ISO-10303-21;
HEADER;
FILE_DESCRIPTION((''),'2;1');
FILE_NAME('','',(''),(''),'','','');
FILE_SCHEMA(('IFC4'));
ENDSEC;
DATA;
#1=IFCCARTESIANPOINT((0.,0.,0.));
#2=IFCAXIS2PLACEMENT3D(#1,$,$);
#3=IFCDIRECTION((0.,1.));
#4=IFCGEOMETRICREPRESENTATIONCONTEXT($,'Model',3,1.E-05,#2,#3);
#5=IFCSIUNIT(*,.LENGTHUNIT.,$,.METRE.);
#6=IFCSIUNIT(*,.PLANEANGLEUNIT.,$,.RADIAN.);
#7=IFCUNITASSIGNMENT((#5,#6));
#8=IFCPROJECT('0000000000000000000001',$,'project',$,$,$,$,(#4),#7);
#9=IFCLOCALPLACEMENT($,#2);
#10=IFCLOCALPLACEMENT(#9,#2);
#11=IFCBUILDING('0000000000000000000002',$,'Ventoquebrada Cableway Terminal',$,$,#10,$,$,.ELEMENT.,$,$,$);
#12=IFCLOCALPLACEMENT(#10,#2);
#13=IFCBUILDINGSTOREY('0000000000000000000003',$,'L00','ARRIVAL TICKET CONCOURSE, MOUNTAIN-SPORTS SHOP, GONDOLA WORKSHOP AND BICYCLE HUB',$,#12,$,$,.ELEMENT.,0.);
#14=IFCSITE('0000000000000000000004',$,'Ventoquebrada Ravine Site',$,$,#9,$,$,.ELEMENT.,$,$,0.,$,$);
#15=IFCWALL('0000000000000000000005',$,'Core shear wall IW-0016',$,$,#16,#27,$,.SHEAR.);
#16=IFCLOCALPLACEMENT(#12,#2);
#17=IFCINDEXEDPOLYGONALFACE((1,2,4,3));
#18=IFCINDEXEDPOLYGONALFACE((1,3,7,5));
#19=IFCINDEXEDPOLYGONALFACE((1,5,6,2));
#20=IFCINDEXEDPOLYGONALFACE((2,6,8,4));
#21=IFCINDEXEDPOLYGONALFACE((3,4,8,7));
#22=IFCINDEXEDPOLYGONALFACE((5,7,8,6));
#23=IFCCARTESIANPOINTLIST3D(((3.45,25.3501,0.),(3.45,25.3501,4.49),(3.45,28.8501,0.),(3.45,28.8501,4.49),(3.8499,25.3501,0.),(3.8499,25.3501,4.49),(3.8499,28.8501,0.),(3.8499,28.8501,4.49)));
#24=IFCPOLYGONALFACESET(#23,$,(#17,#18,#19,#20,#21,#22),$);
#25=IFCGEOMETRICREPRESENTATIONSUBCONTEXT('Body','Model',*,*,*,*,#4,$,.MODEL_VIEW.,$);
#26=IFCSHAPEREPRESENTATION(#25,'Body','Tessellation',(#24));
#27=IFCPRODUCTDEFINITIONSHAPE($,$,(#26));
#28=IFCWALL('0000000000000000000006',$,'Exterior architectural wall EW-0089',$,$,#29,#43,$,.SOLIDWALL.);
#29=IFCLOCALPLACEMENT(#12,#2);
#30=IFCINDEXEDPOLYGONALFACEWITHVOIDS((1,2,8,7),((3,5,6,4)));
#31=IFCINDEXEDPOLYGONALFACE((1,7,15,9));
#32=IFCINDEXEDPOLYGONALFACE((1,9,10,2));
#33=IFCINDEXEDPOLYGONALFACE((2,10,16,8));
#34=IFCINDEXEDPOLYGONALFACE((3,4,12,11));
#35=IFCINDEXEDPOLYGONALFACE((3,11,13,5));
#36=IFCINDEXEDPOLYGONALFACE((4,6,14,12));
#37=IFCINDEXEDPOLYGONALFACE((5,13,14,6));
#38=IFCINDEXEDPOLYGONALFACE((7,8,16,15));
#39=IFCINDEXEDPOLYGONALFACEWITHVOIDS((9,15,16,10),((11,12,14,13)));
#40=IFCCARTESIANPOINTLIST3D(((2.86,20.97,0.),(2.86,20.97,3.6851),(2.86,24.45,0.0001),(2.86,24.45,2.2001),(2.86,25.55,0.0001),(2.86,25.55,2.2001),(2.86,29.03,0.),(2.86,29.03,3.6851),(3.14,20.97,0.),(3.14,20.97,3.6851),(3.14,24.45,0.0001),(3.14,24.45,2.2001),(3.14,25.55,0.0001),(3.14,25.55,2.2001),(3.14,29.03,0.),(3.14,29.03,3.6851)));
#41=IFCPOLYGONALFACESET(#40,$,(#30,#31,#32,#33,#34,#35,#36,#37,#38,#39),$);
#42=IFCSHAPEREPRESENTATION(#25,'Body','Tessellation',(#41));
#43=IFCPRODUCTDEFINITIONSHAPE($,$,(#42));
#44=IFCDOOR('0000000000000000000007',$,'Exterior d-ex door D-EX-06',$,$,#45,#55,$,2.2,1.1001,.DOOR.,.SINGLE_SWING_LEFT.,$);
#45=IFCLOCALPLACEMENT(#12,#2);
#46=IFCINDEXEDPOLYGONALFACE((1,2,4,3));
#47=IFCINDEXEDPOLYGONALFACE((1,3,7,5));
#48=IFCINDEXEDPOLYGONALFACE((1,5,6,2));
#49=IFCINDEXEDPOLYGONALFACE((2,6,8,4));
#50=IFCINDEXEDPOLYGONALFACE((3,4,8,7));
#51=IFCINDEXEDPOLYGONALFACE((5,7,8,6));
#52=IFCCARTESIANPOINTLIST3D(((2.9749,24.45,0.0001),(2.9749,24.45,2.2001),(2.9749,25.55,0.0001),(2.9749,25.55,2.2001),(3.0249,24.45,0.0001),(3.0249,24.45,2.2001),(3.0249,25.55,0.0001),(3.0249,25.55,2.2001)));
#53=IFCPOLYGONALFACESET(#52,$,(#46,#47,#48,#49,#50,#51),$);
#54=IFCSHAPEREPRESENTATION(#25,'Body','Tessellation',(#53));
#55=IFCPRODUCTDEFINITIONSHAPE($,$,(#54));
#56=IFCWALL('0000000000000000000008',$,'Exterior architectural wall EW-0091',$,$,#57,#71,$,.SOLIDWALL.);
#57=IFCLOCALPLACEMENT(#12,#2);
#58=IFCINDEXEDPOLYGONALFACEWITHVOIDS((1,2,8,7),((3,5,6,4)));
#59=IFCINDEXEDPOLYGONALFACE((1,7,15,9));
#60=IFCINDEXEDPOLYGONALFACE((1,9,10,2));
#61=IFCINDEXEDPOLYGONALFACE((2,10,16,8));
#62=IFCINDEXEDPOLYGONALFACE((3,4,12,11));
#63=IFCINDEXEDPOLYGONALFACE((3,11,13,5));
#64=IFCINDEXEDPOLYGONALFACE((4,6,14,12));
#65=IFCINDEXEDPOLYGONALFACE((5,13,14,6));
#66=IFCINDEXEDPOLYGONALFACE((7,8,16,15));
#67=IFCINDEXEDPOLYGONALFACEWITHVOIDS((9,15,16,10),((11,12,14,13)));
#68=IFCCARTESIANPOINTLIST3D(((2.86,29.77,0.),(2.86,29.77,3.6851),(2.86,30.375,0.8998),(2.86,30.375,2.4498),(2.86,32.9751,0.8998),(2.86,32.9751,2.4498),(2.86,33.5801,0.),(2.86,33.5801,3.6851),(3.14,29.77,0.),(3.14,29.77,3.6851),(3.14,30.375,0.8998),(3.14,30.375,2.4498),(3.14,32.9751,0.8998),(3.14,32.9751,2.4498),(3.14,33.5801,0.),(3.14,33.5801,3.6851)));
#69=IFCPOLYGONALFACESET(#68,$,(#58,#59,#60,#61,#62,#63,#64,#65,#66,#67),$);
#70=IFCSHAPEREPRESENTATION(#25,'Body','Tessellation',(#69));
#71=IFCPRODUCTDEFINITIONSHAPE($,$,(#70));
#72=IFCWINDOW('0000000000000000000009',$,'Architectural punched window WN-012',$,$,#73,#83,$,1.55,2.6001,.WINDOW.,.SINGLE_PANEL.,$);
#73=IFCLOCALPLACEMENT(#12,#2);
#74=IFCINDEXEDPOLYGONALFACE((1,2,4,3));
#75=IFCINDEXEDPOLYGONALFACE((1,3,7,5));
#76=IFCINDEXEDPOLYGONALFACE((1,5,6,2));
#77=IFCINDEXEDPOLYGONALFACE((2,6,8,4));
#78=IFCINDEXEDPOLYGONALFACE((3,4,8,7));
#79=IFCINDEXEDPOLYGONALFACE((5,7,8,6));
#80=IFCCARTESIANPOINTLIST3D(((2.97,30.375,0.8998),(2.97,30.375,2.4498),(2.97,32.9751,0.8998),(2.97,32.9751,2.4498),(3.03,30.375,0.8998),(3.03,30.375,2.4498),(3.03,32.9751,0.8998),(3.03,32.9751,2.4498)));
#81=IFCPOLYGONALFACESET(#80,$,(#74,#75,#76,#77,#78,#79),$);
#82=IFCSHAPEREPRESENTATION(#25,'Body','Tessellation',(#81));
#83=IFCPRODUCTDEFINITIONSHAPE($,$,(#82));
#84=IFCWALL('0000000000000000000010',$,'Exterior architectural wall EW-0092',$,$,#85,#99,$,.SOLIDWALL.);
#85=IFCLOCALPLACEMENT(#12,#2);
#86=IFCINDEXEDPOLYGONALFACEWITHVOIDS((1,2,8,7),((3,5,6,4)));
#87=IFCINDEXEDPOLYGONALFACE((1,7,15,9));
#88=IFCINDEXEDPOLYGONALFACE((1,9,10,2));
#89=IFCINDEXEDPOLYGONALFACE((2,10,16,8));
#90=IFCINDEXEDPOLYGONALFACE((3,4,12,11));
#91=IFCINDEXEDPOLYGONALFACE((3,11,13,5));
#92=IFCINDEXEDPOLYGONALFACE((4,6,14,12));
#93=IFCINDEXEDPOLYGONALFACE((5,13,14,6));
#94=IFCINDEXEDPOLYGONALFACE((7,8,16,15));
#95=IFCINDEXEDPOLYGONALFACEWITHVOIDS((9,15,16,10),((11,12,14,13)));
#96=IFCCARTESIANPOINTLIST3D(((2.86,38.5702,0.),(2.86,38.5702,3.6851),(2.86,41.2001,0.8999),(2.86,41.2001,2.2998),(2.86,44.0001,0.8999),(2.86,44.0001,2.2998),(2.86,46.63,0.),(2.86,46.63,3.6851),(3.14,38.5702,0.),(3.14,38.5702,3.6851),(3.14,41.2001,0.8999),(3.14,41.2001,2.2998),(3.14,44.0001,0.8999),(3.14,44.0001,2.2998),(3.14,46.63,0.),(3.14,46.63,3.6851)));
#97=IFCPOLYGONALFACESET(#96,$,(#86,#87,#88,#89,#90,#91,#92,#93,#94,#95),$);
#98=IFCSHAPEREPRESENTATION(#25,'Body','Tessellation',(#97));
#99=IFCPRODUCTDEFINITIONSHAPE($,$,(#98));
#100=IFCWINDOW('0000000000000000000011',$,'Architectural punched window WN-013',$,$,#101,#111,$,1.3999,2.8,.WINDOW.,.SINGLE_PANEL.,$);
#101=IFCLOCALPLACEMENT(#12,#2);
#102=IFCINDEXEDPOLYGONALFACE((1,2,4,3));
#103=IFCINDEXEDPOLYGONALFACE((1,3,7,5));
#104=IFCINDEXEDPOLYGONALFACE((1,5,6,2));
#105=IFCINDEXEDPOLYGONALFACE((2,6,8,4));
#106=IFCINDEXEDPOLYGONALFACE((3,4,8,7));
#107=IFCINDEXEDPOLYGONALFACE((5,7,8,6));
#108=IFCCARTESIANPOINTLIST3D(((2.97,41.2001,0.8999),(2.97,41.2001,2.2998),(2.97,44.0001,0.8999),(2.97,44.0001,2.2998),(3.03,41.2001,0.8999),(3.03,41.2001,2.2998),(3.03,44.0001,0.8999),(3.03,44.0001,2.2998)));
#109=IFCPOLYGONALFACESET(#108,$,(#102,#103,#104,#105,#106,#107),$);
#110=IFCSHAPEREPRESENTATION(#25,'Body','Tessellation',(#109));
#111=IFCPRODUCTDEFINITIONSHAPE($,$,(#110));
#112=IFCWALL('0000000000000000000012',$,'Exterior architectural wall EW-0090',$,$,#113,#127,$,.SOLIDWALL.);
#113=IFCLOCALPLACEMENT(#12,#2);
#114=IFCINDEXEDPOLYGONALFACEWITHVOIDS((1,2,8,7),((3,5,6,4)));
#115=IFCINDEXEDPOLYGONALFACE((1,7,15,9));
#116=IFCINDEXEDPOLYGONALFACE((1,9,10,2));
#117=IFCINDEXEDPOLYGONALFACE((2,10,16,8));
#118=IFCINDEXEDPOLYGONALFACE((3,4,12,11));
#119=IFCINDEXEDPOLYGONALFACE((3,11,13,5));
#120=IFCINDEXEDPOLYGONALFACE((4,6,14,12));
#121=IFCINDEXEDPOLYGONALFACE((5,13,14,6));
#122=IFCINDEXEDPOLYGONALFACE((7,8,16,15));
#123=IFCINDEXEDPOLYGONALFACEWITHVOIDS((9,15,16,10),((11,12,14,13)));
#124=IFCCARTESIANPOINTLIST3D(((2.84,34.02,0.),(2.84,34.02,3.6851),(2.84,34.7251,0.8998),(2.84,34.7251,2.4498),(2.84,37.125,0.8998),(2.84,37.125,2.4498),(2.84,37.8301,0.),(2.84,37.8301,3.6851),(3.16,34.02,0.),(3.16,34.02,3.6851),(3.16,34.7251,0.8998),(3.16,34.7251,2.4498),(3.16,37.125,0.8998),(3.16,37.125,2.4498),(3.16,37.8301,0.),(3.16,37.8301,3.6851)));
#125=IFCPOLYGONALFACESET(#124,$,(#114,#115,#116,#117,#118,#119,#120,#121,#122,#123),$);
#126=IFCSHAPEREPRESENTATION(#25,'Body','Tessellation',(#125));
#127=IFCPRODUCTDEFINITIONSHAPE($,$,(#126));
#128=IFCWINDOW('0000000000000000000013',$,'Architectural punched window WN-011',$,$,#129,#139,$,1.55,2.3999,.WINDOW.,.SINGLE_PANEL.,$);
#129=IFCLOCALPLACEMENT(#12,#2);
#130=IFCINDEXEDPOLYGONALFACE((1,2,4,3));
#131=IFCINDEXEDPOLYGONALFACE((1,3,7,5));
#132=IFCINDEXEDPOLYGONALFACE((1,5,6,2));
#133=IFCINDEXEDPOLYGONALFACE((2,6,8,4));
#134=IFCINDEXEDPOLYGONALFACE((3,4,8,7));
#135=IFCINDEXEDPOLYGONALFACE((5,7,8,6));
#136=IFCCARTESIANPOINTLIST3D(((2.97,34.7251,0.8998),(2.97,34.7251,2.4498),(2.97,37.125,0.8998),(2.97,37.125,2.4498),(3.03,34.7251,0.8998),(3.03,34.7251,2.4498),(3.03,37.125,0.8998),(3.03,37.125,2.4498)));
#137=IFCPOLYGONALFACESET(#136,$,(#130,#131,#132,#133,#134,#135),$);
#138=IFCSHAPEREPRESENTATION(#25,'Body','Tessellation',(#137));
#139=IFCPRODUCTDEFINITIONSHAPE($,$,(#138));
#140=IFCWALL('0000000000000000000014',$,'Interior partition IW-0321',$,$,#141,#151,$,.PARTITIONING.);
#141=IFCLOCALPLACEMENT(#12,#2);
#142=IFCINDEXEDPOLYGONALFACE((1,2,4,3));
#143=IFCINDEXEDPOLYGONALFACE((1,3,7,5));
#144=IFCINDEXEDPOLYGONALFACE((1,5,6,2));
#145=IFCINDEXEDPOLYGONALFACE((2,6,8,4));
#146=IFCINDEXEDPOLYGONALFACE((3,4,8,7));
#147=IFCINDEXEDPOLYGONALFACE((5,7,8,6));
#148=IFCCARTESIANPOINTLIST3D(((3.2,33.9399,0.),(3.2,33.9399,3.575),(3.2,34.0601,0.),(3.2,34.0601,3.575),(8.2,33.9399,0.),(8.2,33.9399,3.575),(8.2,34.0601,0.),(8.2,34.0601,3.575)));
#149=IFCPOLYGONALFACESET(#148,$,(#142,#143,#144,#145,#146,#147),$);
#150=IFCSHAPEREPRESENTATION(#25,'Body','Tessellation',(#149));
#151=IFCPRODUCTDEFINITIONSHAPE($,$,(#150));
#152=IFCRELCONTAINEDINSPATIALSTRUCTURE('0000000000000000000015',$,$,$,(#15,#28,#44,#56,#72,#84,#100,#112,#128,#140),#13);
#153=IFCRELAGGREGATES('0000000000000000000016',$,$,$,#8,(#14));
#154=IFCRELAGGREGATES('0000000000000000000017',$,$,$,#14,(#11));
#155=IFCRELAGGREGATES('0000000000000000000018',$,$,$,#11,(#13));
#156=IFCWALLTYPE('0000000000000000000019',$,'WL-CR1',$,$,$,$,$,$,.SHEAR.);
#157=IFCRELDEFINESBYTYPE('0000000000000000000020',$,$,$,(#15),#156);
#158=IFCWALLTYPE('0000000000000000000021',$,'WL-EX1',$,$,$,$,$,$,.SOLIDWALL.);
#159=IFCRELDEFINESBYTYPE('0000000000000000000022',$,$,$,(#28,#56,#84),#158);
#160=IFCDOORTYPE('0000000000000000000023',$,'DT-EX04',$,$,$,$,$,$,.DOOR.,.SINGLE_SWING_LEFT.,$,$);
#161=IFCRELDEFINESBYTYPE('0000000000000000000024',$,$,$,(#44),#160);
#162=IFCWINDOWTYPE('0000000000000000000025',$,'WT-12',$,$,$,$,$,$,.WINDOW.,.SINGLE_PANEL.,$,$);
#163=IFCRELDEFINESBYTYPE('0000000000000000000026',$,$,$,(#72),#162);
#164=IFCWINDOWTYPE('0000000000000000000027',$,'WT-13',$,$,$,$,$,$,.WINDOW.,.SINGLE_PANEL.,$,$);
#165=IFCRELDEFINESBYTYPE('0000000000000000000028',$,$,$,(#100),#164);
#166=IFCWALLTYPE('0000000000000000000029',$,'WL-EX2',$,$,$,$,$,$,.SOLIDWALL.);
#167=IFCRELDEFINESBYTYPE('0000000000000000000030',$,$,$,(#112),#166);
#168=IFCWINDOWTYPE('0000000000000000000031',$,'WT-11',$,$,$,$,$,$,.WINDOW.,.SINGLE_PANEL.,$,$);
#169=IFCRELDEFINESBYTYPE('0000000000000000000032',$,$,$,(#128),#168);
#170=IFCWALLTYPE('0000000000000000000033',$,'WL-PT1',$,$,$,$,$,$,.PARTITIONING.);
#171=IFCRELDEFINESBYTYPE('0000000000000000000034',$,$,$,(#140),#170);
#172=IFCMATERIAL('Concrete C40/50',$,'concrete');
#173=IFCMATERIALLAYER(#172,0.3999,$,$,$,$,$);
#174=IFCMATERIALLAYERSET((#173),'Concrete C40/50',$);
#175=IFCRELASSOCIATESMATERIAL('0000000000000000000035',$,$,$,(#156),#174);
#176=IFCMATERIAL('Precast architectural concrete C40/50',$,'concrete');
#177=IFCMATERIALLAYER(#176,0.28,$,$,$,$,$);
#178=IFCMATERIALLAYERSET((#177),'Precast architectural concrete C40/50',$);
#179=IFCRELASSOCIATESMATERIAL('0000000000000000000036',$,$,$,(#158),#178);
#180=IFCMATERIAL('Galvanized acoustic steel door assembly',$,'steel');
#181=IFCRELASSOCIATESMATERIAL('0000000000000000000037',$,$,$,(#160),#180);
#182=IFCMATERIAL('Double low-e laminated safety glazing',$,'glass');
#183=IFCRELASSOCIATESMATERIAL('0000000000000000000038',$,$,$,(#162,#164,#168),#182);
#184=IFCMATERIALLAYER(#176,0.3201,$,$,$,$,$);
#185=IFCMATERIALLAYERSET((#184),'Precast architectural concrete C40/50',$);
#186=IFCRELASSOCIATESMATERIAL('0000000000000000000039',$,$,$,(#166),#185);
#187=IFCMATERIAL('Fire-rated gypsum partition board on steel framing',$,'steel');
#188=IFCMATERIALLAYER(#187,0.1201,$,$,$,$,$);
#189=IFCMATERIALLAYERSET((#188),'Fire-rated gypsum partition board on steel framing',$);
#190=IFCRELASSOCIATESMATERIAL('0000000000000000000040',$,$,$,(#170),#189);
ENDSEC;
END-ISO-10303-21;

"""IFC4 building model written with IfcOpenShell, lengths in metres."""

from ifc_helpers import new_model, si_unit, direction, frame, frame_2d, origin, place, context, subcontext, project, spatial, rectangle, extrude, material, layer, layer_set, type_object, element, fill, save


model = new_model("IFC4")

# Units and contexts
model_context = context("Model", 3, precision=1e-05, world=origin(), true_north=direction((0.0, 1.0)))
body_context = subcontext(model_context, "Body", "Model", "MODEL_VIEW")
ifc_project = project(units=[si_unit("LENGTHUNIT", "METRE"), si_unit("PLANEANGLEUNIT", "RADIAN")], contexts=[model_context])

# Site, building, storey
site_placement = place(None, origin())
site = spatial("IfcSite", under=ifc_project, at=site_placement, Name="Ventoquebrada Ravine Site", CompositionType="ELEMENT", RefElevation=0.0)
building_placement = place(site_placement, origin())
building = spatial("IfcBuilding", under=site, at=building_placement, Name="Ventoquebrada Cableway Terminal", CompositionType="ELEMENT")
storey_placement = place(building_placement, origin())
storey = spatial("IfcBuildingStorey", under=building, at=storey_placement, Name="L00", Description="ARRIVAL TICKET CONCOURSE, MOUNTAIN-SPORTS SHOP, GONDOLA WORKSHOP AND BICYCLE HUB", CompositionType="ELEMENT", Elevation=0.0)

# Shared definitions
ifc_material_1 = material(Name="Concrete C40/50", Category="concrete")

# Shared definitions
ifc_layer_1 = layer(ifc_material_1, 0.3999)
ifc_layer_set_1 = layer_set([ifc_layer_1], Name="Concrete C40/50")
wall_type_1 = type_object("IfcWallType", Name="WL-CR1", PredefinedType="SHEAR", material=ifc_layer_set_1)

# Wall
wall_1_placement = place(storey_placement, frame((3.6499, 28.8501, 0.0), z_axis=(0.0, 0.0, 1.0), x_axis=(0.0, -1.0, 0.0)))
element("IfcWall", 1, at=wall_1_placement, inside=storey, type_object=wall_type_1, Name="Core shear wall IW-0016", PredefinedType="SHEAR", context=body_context, shape_type="SweptSolid", body=[
    extrude(rectangle(XDim=3.5, YDim=0.3999, at=frame_2d((1.75, 0.0))), origin(), (0.0, 0.0, 1.0), 4.49),
])

# Wall, opening, door
ifc_material_2 = material(Name="Precast architectural concrete C40/50", Category="concrete")
ifc_layer_2 = layer(ifc_material_2, 0.28)
ifc_layer_set_2 = layer_set([ifc_layer_2], Name="Precast architectural concrete C40/50")
wall_type_2 = type_object("IfcWallType", Name="WL-EX1", PredefinedType="SOLIDWALL", material=ifc_layer_set_2)
wall_2_placement = place(storey_placement, frame((3.0, 29.03, 0.0), z_axis=(0.0, 0.0, 1.0), x_axis=(0.0, -1.0, 0.0)))
wall_2 = element("IfcWall", 2, at=wall_2_placement, inside=storey, type_object=wall_type_2, Name="Exterior architectural wall EW-0089", PredefinedType="SOLIDWALL", context=body_context, shape_type="SweptSolid", body=[
    extrude(rectangle(XDim=8.0601, YDim=0.28, at=frame_2d((4.03, 0.0))), origin(), (0.0, 0.0, 1.0), 3.6851),
])
opening_1_placement = place(wall_2_placement, frame((3.48, 0.0, 0.0)))
opening_1 = element("IfcOpeningElement", 3, at=opening_1_placement, cuts=wall_2, PredefinedType="OPENING", context=body_context, shape_type="SweptSolid", body=[
    extrude(rectangle(XDim=1.1001, YDim=2.2, at=frame_2d((0.55, 1.1001))), frame((0.0, 0.1499, 0.0), z_axis=(0.0, -1.0, 0.0), x_axis=(1.0, 0.0, 0.0)), (0.0, 0.0, 1.0), 0.3),
])
ifc_material_3 = material(Name="Galvanized acoustic steel door assembly", Category="steel")
door_type_1 = type_object("IfcDoorType", Name="DT-EX04", OperationType="SINGLE_SWING_LEFT", PredefinedType="DOOR", material=ifc_material_3)
door_1_placement = place(opening_1_placement, origin())
door_1 = element("IfcDoor", 4, at=door_1_placement, inside=storey, type_object=door_type_1, Name="Exterior d-ex door D-EX-06", OperationType="SINGLE_SWING_LEFT", OverallHeight=2.2, OverallWidth=1.1001, PredefinedType="DOOR", context=body_context, shape_type="SweptSolid", body=[
    extrude(rectangle(XDim=1.1001, YDim=2.2, at=frame_2d((0.55, 1.1001))), frame((0.0, 0.0249, 0.0), z_axis=(0.0, -1.0, 0.0), x_axis=(1.0, 0.0, 0.0)), (0.0, 0.0, 1.0), 0.05),
])
fill(opening_1, door_1)

# Walls, openings, windows
wall_3_placement = place(storey_placement, frame((3.0, 33.5801, 0.0), z_axis=(0.0, 0.0, 1.0), x_axis=(0.0, -1.0, 0.0)))
wall_3 = element("IfcWall", 5, at=wall_3_placement, inside=storey, type_object=wall_type_2, Name="Exterior architectural wall EW-0091", PredefinedType="SOLIDWALL", context=body_context, shape_type="SweptSolid", body=[
    extrude(rectangle(XDim=3.8101, YDim=0.28, at=frame_2d((1.905, 0.0))), origin(), (0.0, 0.0, 1.0), 3.6851),
])
opening_2_placement = place(wall_3_placement, frame((0.605, 0.0, 0.8999)))
opening_2 = element("IfcOpeningElement", 6, at=opening_2_placement, cuts=wall_3, PredefinedType="OPENING", context=body_context, shape_type="SweptSolid", body=[
    extrude(rectangle(XDim=2.6001, YDim=1.55, at=frame_2d((1.3, 0.7749))), frame((0.0, 0.1499, 0.0), z_axis=(0.0, -1.0, 0.0), x_axis=(1.0, 0.0, 0.0)), (0.0, 0.0, 1.0), 0.3),
])
ifc_material_4 = material(Name="Double low-e laminated safety glazing", Category="glass")
window_type_1 = type_object("IfcWindowType", Name="WT-12", PartitioningType="SINGLE_PANEL", PredefinedType="WINDOW", material=ifc_material_4)
window_1_placement = place(opening_2_placement, origin())
window_1 = element("IfcWindow", 7, at=window_1_placement, inside=storey, type_object=window_type_1, Name="Architectural punched window WN-012", OverallHeight=1.55, OverallWidth=2.6001, PartitioningType="SINGLE_PANEL", PredefinedType="WINDOW", context=body_context, shape_type="SweptSolid", body=[
    extrude(rectangle(XDim=2.6001, YDim=1.55, at=frame_2d((1.3, 0.7749))), frame((0.0, 0.03, 0.0), z_axis=(0.0, -1.0, 0.0), x_axis=(1.0, 0.0, 0.0)), (0.0, 0.0, 1.0), 0.0601),
])
fill(opening_2, window_1)
wall_4_placement = place(storey_placement, frame((3.0, 46.6299, 0.0), z_axis=(0.0, 0.0, 1.0), x_axis=(0.0, -1.0, 0.0)))
wall_4 = element("IfcWall", 8, at=wall_4_placement, inside=storey, type_object=wall_type_2, Name="Exterior architectural wall EW-0092", PredefinedType="SOLIDWALL", context=body_context, shape_type="SweptSolid", body=[
    extrude(rectangle(XDim=8.0598, YDim=0.28, at=frame_2d((4.0298, 0.0))), origin(), (0.0, 0.0, 1.0), 3.6851),
])
opening_3_placement = place(wall_4_placement, frame((2.6299, 0.0, 0.8999)))
opening_3 = element("IfcOpeningElement", 9, at=opening_3_placement, cuts=wall_4, PredefinedType="OPENING", context=body_context, shape_type="SweptSolid", body=[
    extrude(rectangle(XDim=2.8, YDim=1.3999, at=frame_2d((1.3999, 0.7))), frame((0.0, 0.1499, 0.0), z_axis=(0.0, -1.0, 0.0), x_axis=(1.0, 0.0, 0.0)), (0.0, 0.0, 1.0), 0.3),
])
window_type_2 = type_object("IfcWindowType", Name="WT-13", PartitioningType="SINGLE_PANEL", PredefinedType="WINDOW", material=ifc_material_4)
window_2_placement = place(opening_3_placement, origin())
window_2 = element("IfcWindow", 10, at=window_2_placement, inside=storey, type_object=window_type_2, Name="Architectural punched window WN-013", OverallHeight=1.3999, OverallWidth=2.8, PartitioningType="SINGLE_PANEL", PredefinedType="WINDOW", context=body_context, shape_type="SweptSolid", body=[
    extrude(rectangle(XDim=2.8, YDim=1.3999, at=frame_2d((1.3999, 0.7))), frame((0.0, 0.03, 0.0), z_axis=(0.0, -1.0, 0.0), x_axis=(1.0, 0.0, 0.0)), (0.0, 0.0, 1.0), 0.0601),
])
fill(opening_3, window_2)
ifc_layer_3 = layer(ifc_material_2, 0.3201)
ifc_layer_set_3 = layer_set([ifc_layer_3], Name="Precast architectural concrete C40/50")
wall_type_3 = type_object("IfcWallType", Name="WL-EX2", PredefinedType="SOLIDWALL", material=ifc_layer_set_3)
wall_5_placement = place(storey_placement, frame((3.0, 37.8301, 0.0), z_axis=(0.0, 0.0, 1.0), x_axis=(0.0, -1.0, 0.0)))
wall_5 = element("IfcWall", 11, at=wall_5_placement, inside=storey, type_object=wall_type_3, Name="Exterior architectural wall EW-0090", PredefinedType="SOLIDWALL", context=body_context, shape_type="SweptSolid", body=[
    extrude(rectangle(XDim=3.8101, YDim=0.3201, at=frame_2d((1.905, 0.0))), origin(), (0.0, 0.0, 1.0), 3.6851),
])
opening_4_placement = place(wall_5_placement, frame((0.7051, 0.0, 0.8999)))
opening_4 = element("IfcOpeningElement", 12, at=opening_4_placement, cuts=wall_5, PredefinedType="OPENING", context=body_context, shape_type="SweptSolid", body=[
    extrude(rectangle(XDim=2.3999, YDim=1.55, at=frame_2d((1.2, 0.7749))), frame((0.0, 0.1699, 0.0), z_axis=(0.0, -1.0, 0.0), x_axis=(1.0, 0.0, 0.0)), (0.0, 0.0, 1.0), 0.3401),
])
window_type_3 = type_object("IfcWindowType", Name="WT-11", PartitioningType="SINGLE_PANEL", PredefinedType="WINDOW", material=ifc_material_4)
window_3_placement = place(opening_4_placement, origin())
window_3 = element("IfcWindow", 13, at=window_3_placement, inside=storey, type_object=window_type_3, Name="Architectural punched window WN-011", OverallHeight=1.55, OverallWidth=2.3999, PartitioningType="SINGLE_PANEL", PredefinedType="WINDOW", context=body_context, shape_type="SweptSolid", body=[
    extrude(rectangle(XDim=2.3999, YDim=1.55, at=frame_2d((1.2, 0.7749))), frame((0.0, 0.03, 0.0), z_axis=(0.0, -1.0, 0.0), x_axis=(1.0, 0.0, 0.0)), (0.0, 0.0, 1.0), 0.0601),
])
fill(opening_4, window_3)

# Wall
ifc_material_5 = material(Name="Fire-rated gypsum partition board on steel framing", Category="steel")
ifc_layer_4 = layer(ifc_material_5, 0.1201)
ifc_layer_set_4 = layer_set([ifc_layer_4], Name="Fire-rated gypsum partition board on steel framing")
wall_type_4 = type_object("IfcWallType", Name="WL-PT1", PredefinedType="PARTITIONING", material=ifc_layer_set_4)
wall_6_placement = place(storey_placement, frame((3.2, 34.0, 0.0), z_axis=(0.0, 0.0, 1.0), x_axis=(1.0, 0.0, 0.0)))
element("IfcWall", 14, at=wall_6_placement, inside=storey, type_object=wall_type_4, Name="Interior partition IW-0321", PredefinedType="PARTITIONING", context=body_context, shape_type="SweptSolid", body=[
    extrude(rectangle(XDim=5.0, YDim=0.1201, at=frame_2d((2.5, 0.0))), origin(), (0.0, 0.0, 1.0), 3.575),
])

save(model, "model.ifc")
